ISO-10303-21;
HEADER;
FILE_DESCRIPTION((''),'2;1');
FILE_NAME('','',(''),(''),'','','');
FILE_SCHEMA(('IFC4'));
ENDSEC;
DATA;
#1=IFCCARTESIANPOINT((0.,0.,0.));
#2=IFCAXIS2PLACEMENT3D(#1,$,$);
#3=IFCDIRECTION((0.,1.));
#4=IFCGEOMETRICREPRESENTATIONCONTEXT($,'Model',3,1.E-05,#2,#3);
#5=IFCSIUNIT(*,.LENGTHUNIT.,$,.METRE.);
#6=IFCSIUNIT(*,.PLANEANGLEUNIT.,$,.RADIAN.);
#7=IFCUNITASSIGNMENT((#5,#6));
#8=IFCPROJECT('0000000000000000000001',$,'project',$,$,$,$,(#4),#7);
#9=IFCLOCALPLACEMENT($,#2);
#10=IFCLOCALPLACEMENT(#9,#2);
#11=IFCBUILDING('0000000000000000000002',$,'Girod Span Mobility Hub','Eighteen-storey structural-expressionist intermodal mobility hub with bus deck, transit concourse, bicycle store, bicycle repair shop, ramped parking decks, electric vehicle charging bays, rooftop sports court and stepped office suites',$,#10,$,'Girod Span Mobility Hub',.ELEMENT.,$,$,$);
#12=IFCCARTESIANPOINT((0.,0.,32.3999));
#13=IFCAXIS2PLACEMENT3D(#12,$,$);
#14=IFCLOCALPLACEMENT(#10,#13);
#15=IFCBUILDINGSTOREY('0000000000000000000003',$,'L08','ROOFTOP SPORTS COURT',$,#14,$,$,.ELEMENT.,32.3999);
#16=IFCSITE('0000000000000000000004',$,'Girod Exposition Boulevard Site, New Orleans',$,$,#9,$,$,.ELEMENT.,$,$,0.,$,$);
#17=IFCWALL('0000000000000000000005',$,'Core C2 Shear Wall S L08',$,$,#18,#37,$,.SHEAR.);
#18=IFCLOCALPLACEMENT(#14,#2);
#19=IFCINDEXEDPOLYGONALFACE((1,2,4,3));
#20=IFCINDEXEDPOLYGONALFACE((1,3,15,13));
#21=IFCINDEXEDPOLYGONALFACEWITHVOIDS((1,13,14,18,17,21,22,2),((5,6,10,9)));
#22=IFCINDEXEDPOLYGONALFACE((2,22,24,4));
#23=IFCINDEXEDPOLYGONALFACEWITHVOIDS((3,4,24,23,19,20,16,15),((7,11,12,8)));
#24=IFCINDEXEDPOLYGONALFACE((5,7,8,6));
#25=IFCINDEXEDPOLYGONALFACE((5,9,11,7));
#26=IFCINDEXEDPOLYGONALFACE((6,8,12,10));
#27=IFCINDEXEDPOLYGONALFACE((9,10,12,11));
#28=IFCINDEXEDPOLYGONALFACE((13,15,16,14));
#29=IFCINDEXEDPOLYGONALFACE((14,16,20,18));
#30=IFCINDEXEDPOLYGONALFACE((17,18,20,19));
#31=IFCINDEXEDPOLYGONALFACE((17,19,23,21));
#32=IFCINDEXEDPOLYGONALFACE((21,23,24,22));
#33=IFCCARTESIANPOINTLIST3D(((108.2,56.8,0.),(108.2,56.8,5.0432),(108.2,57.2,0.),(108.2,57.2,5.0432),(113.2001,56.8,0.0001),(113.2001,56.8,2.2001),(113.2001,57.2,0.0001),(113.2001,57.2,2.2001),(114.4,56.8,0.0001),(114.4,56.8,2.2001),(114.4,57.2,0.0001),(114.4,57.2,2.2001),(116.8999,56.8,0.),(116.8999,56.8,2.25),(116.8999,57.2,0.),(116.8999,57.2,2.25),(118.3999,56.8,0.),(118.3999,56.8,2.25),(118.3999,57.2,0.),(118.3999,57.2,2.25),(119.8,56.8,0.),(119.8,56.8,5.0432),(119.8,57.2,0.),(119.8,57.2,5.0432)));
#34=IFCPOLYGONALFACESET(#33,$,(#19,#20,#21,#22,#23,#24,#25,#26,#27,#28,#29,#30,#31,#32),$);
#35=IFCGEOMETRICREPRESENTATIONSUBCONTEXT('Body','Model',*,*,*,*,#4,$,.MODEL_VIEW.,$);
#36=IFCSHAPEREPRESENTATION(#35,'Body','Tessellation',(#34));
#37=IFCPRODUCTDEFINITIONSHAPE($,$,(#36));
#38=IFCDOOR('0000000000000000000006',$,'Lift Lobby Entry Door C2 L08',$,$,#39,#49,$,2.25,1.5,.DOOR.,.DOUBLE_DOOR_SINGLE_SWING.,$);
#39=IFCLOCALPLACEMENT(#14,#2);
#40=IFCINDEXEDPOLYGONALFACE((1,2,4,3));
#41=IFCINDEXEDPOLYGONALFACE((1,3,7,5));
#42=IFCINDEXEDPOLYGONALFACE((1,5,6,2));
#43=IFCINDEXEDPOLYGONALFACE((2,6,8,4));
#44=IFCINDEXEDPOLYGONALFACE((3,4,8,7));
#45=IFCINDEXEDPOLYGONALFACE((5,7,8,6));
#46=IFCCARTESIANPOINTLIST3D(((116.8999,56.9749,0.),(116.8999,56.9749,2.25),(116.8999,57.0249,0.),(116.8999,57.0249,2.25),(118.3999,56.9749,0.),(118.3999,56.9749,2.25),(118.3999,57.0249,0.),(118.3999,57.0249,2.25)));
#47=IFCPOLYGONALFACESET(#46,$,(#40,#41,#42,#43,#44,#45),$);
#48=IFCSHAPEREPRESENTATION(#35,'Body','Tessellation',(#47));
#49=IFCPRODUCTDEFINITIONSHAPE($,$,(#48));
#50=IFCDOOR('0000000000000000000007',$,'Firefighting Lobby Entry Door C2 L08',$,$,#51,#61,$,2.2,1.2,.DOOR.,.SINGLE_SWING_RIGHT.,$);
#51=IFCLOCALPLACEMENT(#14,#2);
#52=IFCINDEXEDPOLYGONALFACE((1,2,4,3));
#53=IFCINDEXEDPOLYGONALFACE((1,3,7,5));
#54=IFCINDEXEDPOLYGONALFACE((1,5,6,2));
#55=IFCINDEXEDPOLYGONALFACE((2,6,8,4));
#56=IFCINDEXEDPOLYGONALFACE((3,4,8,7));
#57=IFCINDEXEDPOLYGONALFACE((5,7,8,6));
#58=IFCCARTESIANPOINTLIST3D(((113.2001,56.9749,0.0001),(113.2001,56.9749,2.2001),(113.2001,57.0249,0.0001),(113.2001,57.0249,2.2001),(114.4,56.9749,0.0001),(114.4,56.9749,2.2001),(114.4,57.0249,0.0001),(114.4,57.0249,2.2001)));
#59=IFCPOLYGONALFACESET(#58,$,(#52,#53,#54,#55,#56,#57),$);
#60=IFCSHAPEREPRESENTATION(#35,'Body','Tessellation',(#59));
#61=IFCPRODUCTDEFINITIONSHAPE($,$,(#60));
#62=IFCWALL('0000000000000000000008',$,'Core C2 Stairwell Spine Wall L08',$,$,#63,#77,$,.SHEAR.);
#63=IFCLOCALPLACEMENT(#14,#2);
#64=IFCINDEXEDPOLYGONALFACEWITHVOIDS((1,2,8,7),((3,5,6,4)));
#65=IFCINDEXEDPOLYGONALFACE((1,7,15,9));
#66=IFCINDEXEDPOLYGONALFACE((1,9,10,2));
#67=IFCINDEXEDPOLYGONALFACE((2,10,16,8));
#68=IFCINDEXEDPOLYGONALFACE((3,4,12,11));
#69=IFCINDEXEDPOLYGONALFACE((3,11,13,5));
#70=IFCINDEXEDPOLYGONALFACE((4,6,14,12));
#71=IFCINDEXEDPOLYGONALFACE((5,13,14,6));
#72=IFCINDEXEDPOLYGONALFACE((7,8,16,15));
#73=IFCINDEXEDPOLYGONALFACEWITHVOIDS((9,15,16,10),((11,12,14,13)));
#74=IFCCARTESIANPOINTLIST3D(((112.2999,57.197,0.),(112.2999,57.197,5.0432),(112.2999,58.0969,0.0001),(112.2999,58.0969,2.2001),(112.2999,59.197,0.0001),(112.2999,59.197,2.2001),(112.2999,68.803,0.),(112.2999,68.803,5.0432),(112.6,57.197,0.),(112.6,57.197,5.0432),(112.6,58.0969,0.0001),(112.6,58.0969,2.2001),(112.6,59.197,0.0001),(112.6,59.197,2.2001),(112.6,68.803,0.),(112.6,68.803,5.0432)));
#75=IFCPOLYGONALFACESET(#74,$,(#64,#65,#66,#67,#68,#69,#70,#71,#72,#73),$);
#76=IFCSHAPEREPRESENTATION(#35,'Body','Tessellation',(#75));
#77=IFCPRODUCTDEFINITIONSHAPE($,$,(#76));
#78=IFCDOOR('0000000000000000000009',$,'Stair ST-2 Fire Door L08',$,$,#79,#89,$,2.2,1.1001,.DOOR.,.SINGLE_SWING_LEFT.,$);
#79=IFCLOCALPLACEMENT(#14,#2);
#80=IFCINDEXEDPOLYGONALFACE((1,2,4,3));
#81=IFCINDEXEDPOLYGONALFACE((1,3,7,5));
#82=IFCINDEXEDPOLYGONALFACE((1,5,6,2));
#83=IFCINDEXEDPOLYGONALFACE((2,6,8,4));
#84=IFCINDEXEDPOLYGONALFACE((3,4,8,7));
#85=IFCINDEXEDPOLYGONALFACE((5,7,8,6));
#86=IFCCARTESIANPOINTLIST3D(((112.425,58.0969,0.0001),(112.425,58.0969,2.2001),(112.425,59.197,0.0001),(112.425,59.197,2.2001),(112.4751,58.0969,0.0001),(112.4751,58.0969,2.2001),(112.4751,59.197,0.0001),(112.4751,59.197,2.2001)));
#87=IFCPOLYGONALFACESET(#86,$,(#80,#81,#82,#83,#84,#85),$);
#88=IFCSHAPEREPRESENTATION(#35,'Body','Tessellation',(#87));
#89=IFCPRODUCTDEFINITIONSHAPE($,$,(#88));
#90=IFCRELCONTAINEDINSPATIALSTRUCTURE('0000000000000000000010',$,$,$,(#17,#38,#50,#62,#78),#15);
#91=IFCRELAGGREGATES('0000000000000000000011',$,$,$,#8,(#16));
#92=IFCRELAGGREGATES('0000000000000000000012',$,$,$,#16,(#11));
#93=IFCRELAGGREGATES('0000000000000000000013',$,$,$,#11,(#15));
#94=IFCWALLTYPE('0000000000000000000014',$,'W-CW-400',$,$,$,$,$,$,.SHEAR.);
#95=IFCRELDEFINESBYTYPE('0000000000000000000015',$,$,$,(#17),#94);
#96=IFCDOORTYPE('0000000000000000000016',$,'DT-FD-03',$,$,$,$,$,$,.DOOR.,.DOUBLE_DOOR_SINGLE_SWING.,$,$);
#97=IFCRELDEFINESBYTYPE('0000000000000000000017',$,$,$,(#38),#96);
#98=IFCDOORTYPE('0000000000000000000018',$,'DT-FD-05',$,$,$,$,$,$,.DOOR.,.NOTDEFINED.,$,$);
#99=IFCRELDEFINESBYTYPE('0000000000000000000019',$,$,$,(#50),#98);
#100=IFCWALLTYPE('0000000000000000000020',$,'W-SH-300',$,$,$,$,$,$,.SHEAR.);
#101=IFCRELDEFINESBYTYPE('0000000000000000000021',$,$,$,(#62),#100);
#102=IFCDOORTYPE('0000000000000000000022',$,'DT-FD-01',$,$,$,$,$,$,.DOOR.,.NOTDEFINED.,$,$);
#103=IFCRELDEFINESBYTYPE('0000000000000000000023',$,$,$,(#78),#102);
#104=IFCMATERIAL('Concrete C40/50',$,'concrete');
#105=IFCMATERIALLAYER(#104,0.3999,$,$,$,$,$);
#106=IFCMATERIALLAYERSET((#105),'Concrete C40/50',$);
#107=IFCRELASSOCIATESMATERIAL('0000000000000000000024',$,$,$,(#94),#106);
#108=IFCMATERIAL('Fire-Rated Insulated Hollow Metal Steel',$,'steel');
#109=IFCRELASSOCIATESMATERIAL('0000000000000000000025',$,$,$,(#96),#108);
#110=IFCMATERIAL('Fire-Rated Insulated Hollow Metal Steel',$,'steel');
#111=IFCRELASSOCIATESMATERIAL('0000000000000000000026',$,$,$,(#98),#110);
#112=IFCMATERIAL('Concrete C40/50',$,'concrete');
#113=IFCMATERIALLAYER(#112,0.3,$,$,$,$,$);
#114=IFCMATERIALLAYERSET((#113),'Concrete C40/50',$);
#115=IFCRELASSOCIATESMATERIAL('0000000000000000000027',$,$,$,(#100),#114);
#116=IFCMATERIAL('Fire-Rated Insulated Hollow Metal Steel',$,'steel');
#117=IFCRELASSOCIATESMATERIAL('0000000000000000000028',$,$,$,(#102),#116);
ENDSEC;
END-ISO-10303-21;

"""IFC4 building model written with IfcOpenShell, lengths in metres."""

from ifc_helpers import new_model, si_unit, direction, frame, frame_2d, origin, place, context, subcontext, project, spatial, rectangle, extrude, material, layer, layer_set, type_object, element, fill, save


model = new_model("IFC4")

# Units and contexts
model_context = context("Model", 3, precision=1e-05, world=origin(), true_north=direction((0.0, 1.0)))
body_context = subcontext(model_context, "Body", "Model", "MODEL_VIEW")
ifc_project = project(units=[si_unit("LENGTHUNIT", "METRE"), si_unit("PLANEANGLEUNIT", "RADIAN")], contexts=[model_context])

# Site, building, storey
site_placement = place(None, origin())
site = spatial("IfcSite", under=ifc_project, at=site_placement, Name="Girod Exposition Boulevard Site, New Orleans", CompositionType="ELEMENT", RefElevation=0.0)
building_placement = place(site_placement, origin())
building = spatial("IfcBuilding", under=site, at=building_placement, Name="Girod Span Mobility Hub", Description="Eighteen-storey structural-expressionist intermodal mobility hub with bus deck, transit concourse, bicycle store, bicycle repair shop, ramped parking decks, electric vehicle charging bays, rooftop sports court and stepped office suites", LongName="Girod Span Mobility Hub", CompositionType="ELEMENT")
storey_placement = place(building_placement, frame((0.0, 0.0, 32.3999)))
storey = spatial("IfcBuildingStorey", under=building, at=storey_placement, Name="L08", Description="ROOFTOP SPORTS COURT", CompositionType="ELEMENT", Elevation=32.3999)

# Wall, openings, doors
ifc_material_1 = material(Name="Concrete C40/50", Category="concrete")
ifc_layer_1 = layer(ifc_material_1, 0.3999)
ifc_layer_set_1 = layer_set([ifc_layer_1], Name="Concrete C40/50")
wall_type_1 = type_object("IfcWallType", Name="W-CW-400", PredefinedType="SHEAR", material=ifc_layer_set_1)
wall_1_placement = place(storey_placement, frame((108.2, 57.0, 0.0), z_axis=(0.0, 0.0, 1.0), x_axis=(1.0, 0.0, 0.0)))
wall_1 = element("IfcWall", 1, at=wall_1_placement, inside=storey, type_object=wall_type_1, Name="Core C2 Shear Wall S L08", PredefinedType="SHEAR", context=body_context, shape_type="SweptSolid", body=[
    extrude(rectangle(XDim=11.6001, YDim=0.3999, at=frame_2d((5.8, 0.0))), origin(), (0.0, 0.0, 1.0), 5.0432),
])
opening_1_placement = place(wall_1_placement, frame((5.0, 0.0, 0.0)))
opening_1 = element("IfcOpeningElement", 2, at=opening_1_placement, cuts=wall_1, PredefinedType="OPENING", context=body_context, shape_type="SweptSolid", body=[
    extrude(rectangle(XDim=1.2, YDim=2.2, at=frame_2d((0.6001, 1.1001))), frame((0.0, 0.2148, 0.0), z_axis=(0.0, -1.0, 0.0), x_axis=(1.0, 0.0, 0.0)), (0.0, 0.0, 1.0), 0.4299),
])
opening_2_placement = place(wall_1_placement, frame((8.7, 0.0, 0.0)))
opening_2 = element("IfcOpeningElement", 3, at=opening_2_placement, cuts=wall_1, PredefinedType="OPENING", context=body_context, shape_type="SweptSolid", body=[
    extrude(rectangle(XDim=1.5, YDim=2.25, at=frame_2d((0.75, 1.125))), frame((0.0, 0.2148, 0.0), z_axis=(0.0, -1.0, 0.0), x_axis=(1.0, 0.0, 0.0)), (0.0, 0.0, 1.0), 0.4299),
])
ifc_material_2 = material(Name="Fire-Rated Insulated Hollow Metal Steel", Category="steel")
door_type_1 = type_object("IfcDoorType", Name="DT-FD-03", OperationType="DOUBLE_DOOR_SINGLE_SWING", PredefinedType="DOOR", material=ifc_material_2)
door_1_placement = place(opening_2_placement, origin())
door_1 = element("IfcDoor", 4, at=door_1_placement, inside=storey, type_object=door_type_1, Name="Lift Lobby Entry Door C2 L08", OperationType="DOUBLE_DOOR_SINGLE_SWING", OverallHeight=2.25, OverallWidth=1.5, PredefinedType="DOOR", context=body_context, shape_type="SweptSolid", body=[
    extrude(rectangle(XDim=1.5, YDim=2.25, at=frame_2d((0.75, 1.125))), frame((0.0, 0.0249, 0.0), z_axis=(0.0, -1.0, 0.0), x_axis=(1.0, 0.0, 0.0)), (0.0, 0.0, 1.0), 0.05),
])
fill(opening_2, door_1)
ifc_material_3 = material(Name="Fire-Rated Insulated Hollow Metal Steel", Category="steel")
door_type_2 = type_object("IfcDoorType", Name="DT-FD-05", OperationType="NOTDEFINED", PredefinedType="DOOR", material=ifc_material_3)
door_2_placement = place(opening_1_placement, origin())
door_2 = element("IfcDoor", 5, at=door_2_placement, inside=storey, type_object=door_type_2, Name="Firefighting Lobby Entry Door C2 L08", OperationType="SINGLE_SWING_RIGHT", OverallHeight=2.2, OverallWidth=1.2, PredefinedType="DOOR", context=body_context, shape_type="SweptSolid", body=[
    extrude(rectangle(XDim=1.2, YDim=2.2, at=frame_2d((0.6001, 1.1001))), frame((0.0, 0.0249, 0.0), z_axis=(0.0, -1.0, 0.0), x_axis=(1.0, 0.0, 0.0)), (0.0, 0.0, 1.0), 0.05),
])
fill(opening_1, door_2)

# Wall, opening, door
ifc_material_4 = material(Name="Concrete C40/50", Category="concrete")
ifc_layer_2 = layer(ifc_material_4, 0.3)
ifc_layer_set_2 = layer_set([ifc_layer_2], Name="Concrete C40/50")
wall_type_2 = type_object("IfcWallType", Name="W-SH-300", PredefinedType="SHEAR", material=ifc_layer_set_2)
wall_2_placement = place(storey_placement, frame((112.45, 57.197, 0.0), z_axis=(0.0, 0.0, 1.0), x_axis=(0.0, 1.0, 0.0)))
wall_2 = element("IfcWall", 6, at=wall_2_placement, inside=storey, type_object=wall_type_2, Name="Core C2 Stairwell Spine Wall L08", PredefinedType="SHEAR", context=body_context, shape_type="SweptSolid", body=[
    extrude(rectangle(XDim=11.606, YDim=0.3, at=frame_2d((5.803, 0.0))), origin(), (0.0, 0.0, 1.0), 5.0432),
])
opening_3_placement = place(wall_2_placement, frame((0.8999, 0.0, 0.0)))
opening_3 = element("IfcOpeningElement", 7, at=opening_3_placement, cuts=wall_2, PredefinedType="OPENING", context=body_context, shape_type="SweptSolid", body=[
    extrude(rectangle(XDim=1.1001, YDim=2.2, at=frame_2d((0.55, 1.1001))), frame((0.0, 0.165, 0.0), z_axis=(0.0, -1.0, 0.0), x_axis=(1.0, 0.0, 0.0)), (0.0, 0.0, 1.0), 0.3301),
])
ifc_material_5 = material(Name="Fire-Rated Insulated Hollow Metal Steel", Category="steel")
door_type_3 = type_object("IfcDoorType", Name="DT-FD-01", OperationType="NOTDEFINED", PredefinedType="DOOR", material=ifc_material_5)
door_3_placement = place(opening_3_placement, origin())
door_3 = element("IfcDoor", 8, at=door_3_placement, inside=storey, type_object=door_type_3, Name="Stair ST-2 Fire Door L08", OperationType="SINGLE_SWING_LEFT", OverallHeight=2.2, OverallWidth=1.1001, PredefinedType="DOOR", context=body_context, shape_type="SweptSolid", body=[
    extrude(rectangle(XDim=1.1001, YDim=2.2, at=frame_2d((0.55, 1.1001))), frame((0.0, 0.0249, 0.0), z_axis=(0.0, -1.0, 0.0), x_axis=(1.0, 0.0, 0.0)), (0.0, 0.0, 1.0), 0.05),
])
fill(opening_3, door_3)

save(model, "model.ifc")
